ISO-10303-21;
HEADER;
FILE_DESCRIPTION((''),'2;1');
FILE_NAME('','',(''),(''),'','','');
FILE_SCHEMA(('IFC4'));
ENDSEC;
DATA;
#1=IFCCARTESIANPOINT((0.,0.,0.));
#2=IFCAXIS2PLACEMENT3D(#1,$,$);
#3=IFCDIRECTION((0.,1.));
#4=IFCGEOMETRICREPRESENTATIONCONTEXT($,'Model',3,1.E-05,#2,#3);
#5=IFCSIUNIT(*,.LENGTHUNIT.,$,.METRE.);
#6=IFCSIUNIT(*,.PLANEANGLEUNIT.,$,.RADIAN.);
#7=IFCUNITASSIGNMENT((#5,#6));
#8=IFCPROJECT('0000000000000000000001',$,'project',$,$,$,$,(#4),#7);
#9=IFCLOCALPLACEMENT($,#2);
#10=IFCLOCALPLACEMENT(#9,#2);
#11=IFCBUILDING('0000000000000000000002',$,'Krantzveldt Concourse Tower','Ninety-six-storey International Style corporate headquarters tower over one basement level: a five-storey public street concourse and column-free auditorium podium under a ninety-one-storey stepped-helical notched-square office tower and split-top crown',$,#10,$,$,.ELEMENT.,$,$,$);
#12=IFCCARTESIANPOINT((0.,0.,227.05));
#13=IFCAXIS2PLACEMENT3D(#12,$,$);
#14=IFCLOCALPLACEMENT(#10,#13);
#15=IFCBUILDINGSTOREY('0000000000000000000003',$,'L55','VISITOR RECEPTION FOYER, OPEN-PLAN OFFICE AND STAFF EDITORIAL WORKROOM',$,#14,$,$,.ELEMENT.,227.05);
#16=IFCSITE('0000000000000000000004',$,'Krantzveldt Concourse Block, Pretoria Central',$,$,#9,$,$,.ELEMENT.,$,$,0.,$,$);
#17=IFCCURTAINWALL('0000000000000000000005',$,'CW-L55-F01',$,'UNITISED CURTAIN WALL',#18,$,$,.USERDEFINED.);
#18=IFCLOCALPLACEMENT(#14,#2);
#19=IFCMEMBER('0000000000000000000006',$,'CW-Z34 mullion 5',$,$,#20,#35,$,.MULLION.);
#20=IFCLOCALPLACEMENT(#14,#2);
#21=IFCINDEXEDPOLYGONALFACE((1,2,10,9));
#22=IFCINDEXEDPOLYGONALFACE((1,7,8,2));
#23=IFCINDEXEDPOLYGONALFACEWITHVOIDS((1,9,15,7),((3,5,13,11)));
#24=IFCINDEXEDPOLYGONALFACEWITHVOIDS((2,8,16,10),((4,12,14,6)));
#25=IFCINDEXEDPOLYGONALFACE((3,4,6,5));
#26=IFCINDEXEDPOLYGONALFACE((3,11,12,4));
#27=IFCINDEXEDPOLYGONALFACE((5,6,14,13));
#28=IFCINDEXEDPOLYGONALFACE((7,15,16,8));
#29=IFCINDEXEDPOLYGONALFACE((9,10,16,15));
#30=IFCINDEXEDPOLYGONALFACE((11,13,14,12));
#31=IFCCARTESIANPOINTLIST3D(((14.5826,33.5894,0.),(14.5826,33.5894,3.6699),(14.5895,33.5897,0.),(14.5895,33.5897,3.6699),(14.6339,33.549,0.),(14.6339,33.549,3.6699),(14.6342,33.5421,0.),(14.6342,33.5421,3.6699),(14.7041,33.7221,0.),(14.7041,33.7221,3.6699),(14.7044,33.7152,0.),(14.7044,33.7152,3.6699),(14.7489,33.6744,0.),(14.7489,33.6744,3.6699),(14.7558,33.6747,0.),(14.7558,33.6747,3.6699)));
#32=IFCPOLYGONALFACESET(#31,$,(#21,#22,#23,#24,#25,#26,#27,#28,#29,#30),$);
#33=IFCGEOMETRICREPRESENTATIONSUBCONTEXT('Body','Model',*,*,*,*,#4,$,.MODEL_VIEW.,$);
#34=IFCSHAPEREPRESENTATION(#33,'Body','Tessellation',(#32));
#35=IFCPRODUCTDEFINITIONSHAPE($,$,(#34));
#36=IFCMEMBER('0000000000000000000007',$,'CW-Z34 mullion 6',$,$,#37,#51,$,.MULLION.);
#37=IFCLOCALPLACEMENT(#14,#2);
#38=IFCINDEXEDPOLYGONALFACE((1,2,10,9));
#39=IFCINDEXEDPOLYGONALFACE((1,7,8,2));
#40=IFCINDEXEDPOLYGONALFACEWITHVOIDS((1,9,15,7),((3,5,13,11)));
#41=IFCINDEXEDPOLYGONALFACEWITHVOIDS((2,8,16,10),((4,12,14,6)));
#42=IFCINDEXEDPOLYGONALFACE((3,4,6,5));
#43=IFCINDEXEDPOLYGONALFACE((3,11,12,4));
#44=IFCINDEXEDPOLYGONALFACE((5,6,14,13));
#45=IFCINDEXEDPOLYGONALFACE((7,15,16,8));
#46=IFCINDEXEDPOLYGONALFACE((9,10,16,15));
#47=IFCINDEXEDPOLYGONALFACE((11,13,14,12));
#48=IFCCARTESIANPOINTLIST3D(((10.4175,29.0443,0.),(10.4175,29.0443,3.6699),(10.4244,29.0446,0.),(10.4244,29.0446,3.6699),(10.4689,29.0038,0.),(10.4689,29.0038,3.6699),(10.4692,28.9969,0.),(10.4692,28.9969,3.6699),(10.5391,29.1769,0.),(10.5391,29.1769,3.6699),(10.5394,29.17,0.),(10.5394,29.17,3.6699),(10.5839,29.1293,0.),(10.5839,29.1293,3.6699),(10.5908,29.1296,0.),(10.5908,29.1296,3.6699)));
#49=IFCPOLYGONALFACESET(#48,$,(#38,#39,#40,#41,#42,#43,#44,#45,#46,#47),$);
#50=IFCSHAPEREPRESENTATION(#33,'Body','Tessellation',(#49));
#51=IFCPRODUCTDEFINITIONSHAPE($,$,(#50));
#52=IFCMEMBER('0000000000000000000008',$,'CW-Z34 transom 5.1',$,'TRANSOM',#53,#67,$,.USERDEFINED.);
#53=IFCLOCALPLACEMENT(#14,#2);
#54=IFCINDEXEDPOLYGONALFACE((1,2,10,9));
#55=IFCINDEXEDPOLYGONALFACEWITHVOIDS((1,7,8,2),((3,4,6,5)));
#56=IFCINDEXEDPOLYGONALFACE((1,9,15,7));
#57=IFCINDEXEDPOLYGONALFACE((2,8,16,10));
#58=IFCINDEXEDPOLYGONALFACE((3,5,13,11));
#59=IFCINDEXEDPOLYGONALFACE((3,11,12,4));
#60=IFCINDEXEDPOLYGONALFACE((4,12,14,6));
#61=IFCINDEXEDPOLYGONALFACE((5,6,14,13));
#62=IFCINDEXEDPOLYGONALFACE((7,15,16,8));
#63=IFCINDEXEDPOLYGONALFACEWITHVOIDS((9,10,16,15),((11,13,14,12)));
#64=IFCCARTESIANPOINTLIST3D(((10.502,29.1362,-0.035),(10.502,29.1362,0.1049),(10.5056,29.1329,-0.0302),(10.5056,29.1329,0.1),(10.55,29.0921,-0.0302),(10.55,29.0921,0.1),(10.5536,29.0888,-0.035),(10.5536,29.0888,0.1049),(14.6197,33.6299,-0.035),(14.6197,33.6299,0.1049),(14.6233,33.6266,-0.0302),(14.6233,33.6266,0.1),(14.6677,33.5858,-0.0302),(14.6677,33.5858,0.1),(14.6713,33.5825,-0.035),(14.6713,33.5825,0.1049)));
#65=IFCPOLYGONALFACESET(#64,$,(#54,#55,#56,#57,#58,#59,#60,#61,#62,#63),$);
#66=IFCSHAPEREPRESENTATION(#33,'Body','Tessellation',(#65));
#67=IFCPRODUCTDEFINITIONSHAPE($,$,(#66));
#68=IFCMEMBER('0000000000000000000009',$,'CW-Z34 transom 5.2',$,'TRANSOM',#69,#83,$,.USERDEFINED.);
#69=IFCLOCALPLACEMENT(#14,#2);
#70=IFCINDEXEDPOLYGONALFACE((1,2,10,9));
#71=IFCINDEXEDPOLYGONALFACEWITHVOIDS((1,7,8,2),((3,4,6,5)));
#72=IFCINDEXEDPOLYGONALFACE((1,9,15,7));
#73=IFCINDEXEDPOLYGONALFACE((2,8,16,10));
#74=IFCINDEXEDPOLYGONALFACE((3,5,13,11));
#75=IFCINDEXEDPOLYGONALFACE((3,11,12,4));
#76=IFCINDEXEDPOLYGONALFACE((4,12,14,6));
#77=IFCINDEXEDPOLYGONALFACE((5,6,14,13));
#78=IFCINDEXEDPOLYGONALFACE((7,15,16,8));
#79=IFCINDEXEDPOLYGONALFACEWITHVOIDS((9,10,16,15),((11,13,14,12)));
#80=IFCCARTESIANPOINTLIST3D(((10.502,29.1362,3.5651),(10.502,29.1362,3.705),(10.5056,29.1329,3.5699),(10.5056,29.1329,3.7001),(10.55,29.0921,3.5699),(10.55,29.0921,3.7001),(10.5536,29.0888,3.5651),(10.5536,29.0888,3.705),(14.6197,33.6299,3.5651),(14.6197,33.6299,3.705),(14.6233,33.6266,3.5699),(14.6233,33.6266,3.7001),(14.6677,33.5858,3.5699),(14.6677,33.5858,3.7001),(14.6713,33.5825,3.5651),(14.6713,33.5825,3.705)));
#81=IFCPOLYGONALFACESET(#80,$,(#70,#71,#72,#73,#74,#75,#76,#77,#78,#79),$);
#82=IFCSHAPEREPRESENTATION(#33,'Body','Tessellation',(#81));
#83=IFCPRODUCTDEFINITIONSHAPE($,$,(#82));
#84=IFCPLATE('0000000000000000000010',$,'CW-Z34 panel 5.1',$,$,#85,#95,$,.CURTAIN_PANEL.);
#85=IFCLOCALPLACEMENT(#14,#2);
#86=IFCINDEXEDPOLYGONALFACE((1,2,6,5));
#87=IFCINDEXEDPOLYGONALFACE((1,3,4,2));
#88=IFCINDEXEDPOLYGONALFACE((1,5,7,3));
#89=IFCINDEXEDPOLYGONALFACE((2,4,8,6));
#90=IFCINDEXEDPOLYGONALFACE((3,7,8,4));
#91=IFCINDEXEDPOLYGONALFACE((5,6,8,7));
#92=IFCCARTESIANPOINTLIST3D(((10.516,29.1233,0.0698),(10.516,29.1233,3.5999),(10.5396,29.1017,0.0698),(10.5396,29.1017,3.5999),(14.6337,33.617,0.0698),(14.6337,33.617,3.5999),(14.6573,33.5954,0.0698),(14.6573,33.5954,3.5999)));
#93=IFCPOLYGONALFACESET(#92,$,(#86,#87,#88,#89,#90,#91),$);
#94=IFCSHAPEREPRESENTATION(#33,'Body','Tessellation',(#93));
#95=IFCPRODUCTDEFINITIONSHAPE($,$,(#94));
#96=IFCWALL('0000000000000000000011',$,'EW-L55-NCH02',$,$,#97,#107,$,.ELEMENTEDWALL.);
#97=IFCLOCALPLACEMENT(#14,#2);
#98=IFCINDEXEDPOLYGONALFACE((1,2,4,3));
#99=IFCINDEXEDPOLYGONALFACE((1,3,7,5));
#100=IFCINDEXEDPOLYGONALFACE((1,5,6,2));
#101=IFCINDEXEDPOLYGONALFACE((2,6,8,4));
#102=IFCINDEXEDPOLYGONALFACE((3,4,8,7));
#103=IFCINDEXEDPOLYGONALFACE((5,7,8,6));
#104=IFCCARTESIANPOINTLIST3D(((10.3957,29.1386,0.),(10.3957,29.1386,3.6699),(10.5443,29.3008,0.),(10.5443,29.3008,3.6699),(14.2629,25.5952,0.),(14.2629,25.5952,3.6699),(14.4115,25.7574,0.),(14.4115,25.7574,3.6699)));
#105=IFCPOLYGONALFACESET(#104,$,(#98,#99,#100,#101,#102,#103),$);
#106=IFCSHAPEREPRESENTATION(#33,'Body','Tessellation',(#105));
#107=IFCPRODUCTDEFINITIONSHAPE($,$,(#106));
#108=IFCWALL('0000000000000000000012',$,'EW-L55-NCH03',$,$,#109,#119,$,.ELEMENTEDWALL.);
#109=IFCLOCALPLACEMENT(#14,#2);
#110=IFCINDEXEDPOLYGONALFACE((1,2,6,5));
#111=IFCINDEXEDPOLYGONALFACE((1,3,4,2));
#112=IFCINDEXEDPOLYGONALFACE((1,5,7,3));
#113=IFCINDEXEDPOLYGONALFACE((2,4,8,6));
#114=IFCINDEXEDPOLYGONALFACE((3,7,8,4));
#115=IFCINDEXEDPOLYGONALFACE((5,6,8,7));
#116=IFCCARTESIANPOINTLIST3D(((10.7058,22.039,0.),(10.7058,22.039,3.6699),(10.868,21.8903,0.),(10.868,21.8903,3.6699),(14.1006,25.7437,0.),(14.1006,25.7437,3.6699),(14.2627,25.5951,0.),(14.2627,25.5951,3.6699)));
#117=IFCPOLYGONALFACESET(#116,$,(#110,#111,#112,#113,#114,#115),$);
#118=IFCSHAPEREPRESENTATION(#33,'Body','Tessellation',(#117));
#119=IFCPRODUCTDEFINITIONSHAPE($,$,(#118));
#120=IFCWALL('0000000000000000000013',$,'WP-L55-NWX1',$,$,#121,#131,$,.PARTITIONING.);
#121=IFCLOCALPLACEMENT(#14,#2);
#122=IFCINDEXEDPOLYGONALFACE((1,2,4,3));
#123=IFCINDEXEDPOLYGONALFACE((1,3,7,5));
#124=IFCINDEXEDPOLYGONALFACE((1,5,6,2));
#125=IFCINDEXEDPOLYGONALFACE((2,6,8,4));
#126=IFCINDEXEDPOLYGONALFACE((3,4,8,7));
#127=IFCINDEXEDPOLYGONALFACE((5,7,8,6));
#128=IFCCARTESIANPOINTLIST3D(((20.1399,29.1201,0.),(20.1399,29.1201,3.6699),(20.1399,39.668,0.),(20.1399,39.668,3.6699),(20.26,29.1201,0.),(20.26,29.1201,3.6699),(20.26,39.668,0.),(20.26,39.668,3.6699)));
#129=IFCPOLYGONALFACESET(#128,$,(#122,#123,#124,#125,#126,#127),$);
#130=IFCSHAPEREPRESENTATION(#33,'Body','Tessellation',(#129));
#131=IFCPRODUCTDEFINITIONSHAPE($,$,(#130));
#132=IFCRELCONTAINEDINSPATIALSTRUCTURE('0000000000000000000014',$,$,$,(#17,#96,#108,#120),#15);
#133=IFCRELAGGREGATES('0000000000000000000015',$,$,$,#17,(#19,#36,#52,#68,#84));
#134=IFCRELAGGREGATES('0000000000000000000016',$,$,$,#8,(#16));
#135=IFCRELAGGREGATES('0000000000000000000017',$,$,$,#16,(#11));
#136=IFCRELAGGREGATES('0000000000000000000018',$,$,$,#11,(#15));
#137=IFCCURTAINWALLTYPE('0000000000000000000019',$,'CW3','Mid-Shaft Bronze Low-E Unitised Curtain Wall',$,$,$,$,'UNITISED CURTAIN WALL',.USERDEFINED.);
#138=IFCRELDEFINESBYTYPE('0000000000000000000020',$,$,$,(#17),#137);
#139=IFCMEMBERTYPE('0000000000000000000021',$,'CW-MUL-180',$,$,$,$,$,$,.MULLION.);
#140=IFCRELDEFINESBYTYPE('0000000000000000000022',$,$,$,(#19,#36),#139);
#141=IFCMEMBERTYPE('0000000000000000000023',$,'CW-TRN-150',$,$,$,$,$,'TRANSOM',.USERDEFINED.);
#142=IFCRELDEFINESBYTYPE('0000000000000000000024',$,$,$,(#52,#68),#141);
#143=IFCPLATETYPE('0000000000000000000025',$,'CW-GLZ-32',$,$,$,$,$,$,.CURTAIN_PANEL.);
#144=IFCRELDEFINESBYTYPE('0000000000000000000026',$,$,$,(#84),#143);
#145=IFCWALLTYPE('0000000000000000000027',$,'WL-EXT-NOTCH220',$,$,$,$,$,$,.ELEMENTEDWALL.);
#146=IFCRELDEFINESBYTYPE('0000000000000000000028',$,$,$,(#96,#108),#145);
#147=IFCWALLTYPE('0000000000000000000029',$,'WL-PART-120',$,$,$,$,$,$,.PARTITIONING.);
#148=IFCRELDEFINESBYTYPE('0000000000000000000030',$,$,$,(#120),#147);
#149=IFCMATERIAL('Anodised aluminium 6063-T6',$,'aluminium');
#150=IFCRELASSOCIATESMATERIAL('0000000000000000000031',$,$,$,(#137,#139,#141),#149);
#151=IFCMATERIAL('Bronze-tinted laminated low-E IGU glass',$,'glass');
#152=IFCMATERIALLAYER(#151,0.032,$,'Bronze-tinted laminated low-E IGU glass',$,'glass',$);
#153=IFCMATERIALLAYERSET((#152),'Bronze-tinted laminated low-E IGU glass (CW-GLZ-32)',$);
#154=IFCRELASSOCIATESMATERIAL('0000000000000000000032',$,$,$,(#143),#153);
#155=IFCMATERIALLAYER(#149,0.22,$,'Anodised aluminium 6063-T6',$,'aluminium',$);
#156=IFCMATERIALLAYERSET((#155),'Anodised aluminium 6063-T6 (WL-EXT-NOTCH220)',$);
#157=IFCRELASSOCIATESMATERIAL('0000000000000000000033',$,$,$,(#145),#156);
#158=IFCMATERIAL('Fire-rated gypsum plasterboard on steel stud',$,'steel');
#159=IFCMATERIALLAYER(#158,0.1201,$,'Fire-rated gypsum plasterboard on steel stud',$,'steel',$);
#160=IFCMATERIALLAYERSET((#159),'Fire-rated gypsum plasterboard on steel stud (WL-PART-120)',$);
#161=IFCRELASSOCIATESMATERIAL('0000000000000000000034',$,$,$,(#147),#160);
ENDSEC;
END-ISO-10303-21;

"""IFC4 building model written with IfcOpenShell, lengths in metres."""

from ifc_helpers import new_model, si_unit, direction, frame, frame_2d, origin, origin_2d, place, context, subcontext, project, spatial, rectangle, hollow_rectangle, extrude, source, transform, mapped, material, layer, layer_set, material_profile, profile_set, type_object, type_shapes, element, aggregate, save


model = new_model("IFC4")

# Units and contexts
model_context = context("Model", 3, precision=1e-05, world=origin(), true_north=direction((0.0, 1.0)))
body_context = subcontext(model_context, "Body", "Model", "MODEL_VIEW")
ifc_project = project(units=[si_unit("LENGTHUNIT", "METRE"), si_unit("PLANEANGLEUNIT", "RADIAN")], contexts=[model_context])

# Site, building, storey
site_placement = place(None, origin())
site = spatial("IfcSite", under=ifc_project, at=site_placement, Name="Krantzveldt Concourse Block, Pretoria Central", CompositionType="ELEMENT", RefElevation=0.0)
building_placement = place(site_placement, origin())
building = spatial("IfcBuilding", under=site, at=building_placement, Name="Krantzveldt Concourse Tower", Description="Ninety-six-storey International Style corporate headquarters tower over one basement level: a five-storey public street concourse and column-free auditorium podium under a ninety-one-storey stepped-helical notched-square office tower and split-top crown", CompositionType="ELEMENT")
storey_placement = place(building_placement, frame((0.0, 0.0, 227.05)))
storey = spatial("IfcBuildingStorey", under=building, at=storey_placement, Name="L55", Description="VISITOR RECEPTION FOYER, OPEN-PLAN OFFICE AND STAFF EDITORIAL WORKROOM", CompositionType="ELEMENT", Elevation=227.05)

# Curtain wall, members, plate
ifc_material_1 = material(Name="Anodised aluminium 6063-T6", Category="aluminium")
curtain_wall_type = type_object("IfcCurtainWallType", Name="CW3", Description="Mid-Shaft Bronze Low-E Unitised Curtain Wall", ElementType="UNITISED CURTAIN WALL", PredefinedType="USERDEFINED", material=ifc_material_1)
curtain_wall_placement = place(storey_placement, origin())
curtain_wall = element("IfcCurtainWall", 1, at=curtain_wall_placement, inside=storey, type_object=curtain_wall_type, Name="CW-L55-F01", ObjectType="UNITISED CURTAIN WALL", PredefinedType="USERDEFINED")
ifc_material_profile_1 = material_profile(ifc_material_1, hollow_rectangle(XDim=0.0701, YDim=0.1799, WallThickness=0.0049, at=origin_2d()), Name="Anodised aluminium 6063-T6", Category="aluminium")
ifc_profile_set_1 = profile_set([ifc_material_profile_1], Name="Anodised aluminium 6063-T6 - ALU-MULL 180x70x5")
member_type_1 = type_object("IfcMemberType", Name="CW-MUL-180", PredefinedType="MULLION", material=ifc_profile_set_1)
shared_shape_1 = source(origin(), body_context, "Body", "SweptSolid", [
    extrude(hollow_rectangle(XDim=0.0701, YDim=0.1799, WallThickness=0.0049, at=origin_2d()), origin(), (0.0, 0.0, 1.0), 3.6699),
])
type_shapes(member_type_1, [shared_shape_1])
member_1_placement = place(storey_placement, frame((14.6692, 33.6321, 0.0), z_axis=(0.0, 0.0, 1.0), x_axis=(0.737277, -0.67559, 0.0)))
member_1 = element("IfcMember", 2, at=member_1_placement, type_object=member_type_1, Name="CW-Z34 mullion 5", PredefinedType="MULLION", context=body_context, shape_type="MappedRepresentation", body=[
    mapped(shared_shape_1, transform((0.0, 0.0, 0.0), x_axis=(1.0, 0.0, 0.0), y_axis=(0.0, 1.0, 0.0), z_axis=(0.0, 0.0, 1.0), scale=1.0)),
])
member_2_placement = place(storey_placement, frame((10.5042, 29.0869, 0.0), z_axis=(0.0, 0.0, 1.0), x_axis=(0.737277, -0.67559, 0.0)))
member_2 = element("IfcMember", 3, at=member_2_placement, type_object=member_type_1, Name="CW-Z34 mullion 6", PredefinedType="MULLION", context=body_context, shape_type="MappedRepresentation", body=[
    mapped(shared_shape_1, transform((0.0, 0.0, 0.0), x_axis=(1.0, 0.0, 0.0), y_axis=(0.0, 1.0, 0.0), z_axis=(0.0, 0.0, 1.0), scale=1.0)),
])
ifc_material_profile_2 = material_profile(ifc_material_1, hollow_rectangle(XDim=0.0701, YDim=0.1399, WallThickness=0.0049, at=origin_2d()), Name="Anodised aluminium 6063-T6", Category="aluminium")
ifc_profile_set_2 = profile_set([ifc_material_profile_2], Name="Anodised aluminium 6063-T6 - ALU-TRAN 140x70x5")
member_type_2 = type_object("IfcMemberType", Name="CW-TRN-150", ElementType="TRANSOM", PredefinedType="USERDEFINED", material=ifc_profile_set_2)
shared_shape_2 = source(origin(), body_context, "Body", "SweptSolid", [
    extrude(hollow_rectangle(XDim=0.0701, YDim=0.1399, WallThickness=0.0049, at=origin_2d()), origin(), (0.0, 0.0, 1.0), 6.095),
])
type_shapes(member_type_2, [shared_shape_2])
member_3_placement = place(storey_placement, frame((14.6455, 33.6062, 0.0349), z_axis=(-0.67559, -0.737277, 0.0), x_axis=(0.737277, -0.67559, 0.0)))
member_3 = element("IfcMember", 4, at=member_3_placement, type_object=member_type_2, Name="CW-Z34 transom 5.1", ObjectType="TRANSOM", PredefinedType="USERDEFINED", context=body_context, shape_type="MappedRepresentation", body=[
    mapped(shared_shape_2, transform((0.0, 0.0, 0.0), x_axis=(1.0, 0.0, 0.0), y_axis=(0.0, 1.0, 0.0), z_axis=(0.0, 0.0, 1.0), scale=1.0)),
])
member_4_placement = place(storey_placement, frame((14.6455, 33.6062, 3.635), z_axis=(-0.67559, -0.737277, 0.0), x_axis=(0.737277, -0.67559, 0.0)))
member_4 = element("IfcMember", 5, at=member_4_placement, type_object=member_type_2, Name="CW-Z34 transom 5.2", ObjectType="TRANSOM", PredefinedType="USERDEFINED", context=body_context, shape_type="MappedRepresentation", body=[
    mapped(shared_shape_2, transform((0.0, 0.0, 0.0), x_axis=(1.0, 0.0, 0.0), y_axis=(0.0, 1.0, 0.0), z_axis=(0.0, 0.0, 1.0), scale=1.0)),
])
ifc_material_2 = material(Name="Bronze-tinted laminated low-E IGU glass", Category="glass")
ifc_layer_1 = layer(ifc_material_2, 0.032, Name="Bronze-tinted laminated low-E IGU glass", Category="glass")
ifc_layer_set_1 = layer_set([ifc_layer_1], Name="Bronze-tinted laminated low-E IGU glass (CW-GLZ-32)")
plate_type = type_object("IfcPlateType", Name="CW-GLZ-32", PredefinedType="CURTAIN_PANEL", material=ifc_layer_set_1)
shared_shape_3 = source(origin(), body_context, "Body", "SweptSolid", [
    extrude(rectangle(XDim=6.095, YDim=0.032, at=origin_2d()), origin(), (0.0, 0.0, 1.0), 3.53),
])
type_shapes(plate_type, [shared_shape_3])
plate_placement = place(storey_placement, frame((12.5867, 31.3594, 0.0698), z_axis=(0.0, 0.0, 1.0), x_axis=(-0.67559, -0.737277, 0.0)))
plate = element("IfcPlate", 6, at=plate_placement, type_object=plate_type, Name="CW-Z34 panel 5.1", PredefinedType="CURTAIN_PANEL", context=body_context, shape_type="MappedRepresentation", body=[
    mapped(shared_shape_3, transform((0.0, 0.0, 0.0), x_axis=(1.0, 0.0, 0.0), y_axis=(0.0, 1.0, 0.0), z_axis=(0.0, 0.0, 1.0), scale=1.0)),
])
aggregate(curtain_wall, [member_1, member_2, member_3, member_4, plate])

# Walls
ifc_layer_2 = layer(ifc_material_1, 0.22, Name="Anodised aluminium 6063-T6", Category="aluminium")
ifc_layer_set_2 = layer_set([ifc_layer_2], Name="Anodised aluminium 6063-T6 (WL-EXT-NOTCH220)")
wall_type_1 = type_object("IfcWallType", Name="WL-EXT-NOTCH220", PredefinedType="ELEMENTEDWALL", material=ifc_layer_set_2)
wall_1_placement = place(storey_placement, frame((10.47, 29.2197, 0.0), z_axis=(0.0, 0.0, 1.0), x_axis=(0.737293, -0.675573, 0.0)))
element("IfcWall", 7, at=wall_1_placement, inside=storey, type_object=wall_type_1, Name="EW-L55-NCH02", PredefinedType="ELEMENTEDWALL", context=body_context, shape_type="SweptSolid", body=[
    extrude(rectangle(XDim=5.2451, YDim=0.22, at=frame_2d((2.6226, 0.0))), origin(), (0.0, 0.0, 1.0), 3.6699),
])
wall_2_placement = place(storey_placement, frame((14.1816, 25.6694, 0.0), z_axis=(0.0, 0.0, 1.0), x_axis=(-0.675582, -0.737285, 0.0)))
element("IfcWall", 8, at=wall_2_placement, inside=storey, type_object=wall_type_1, Name="EW-L55-NCH03", PredefinedType="ELEMENTEDWALL", context=body_context, shape_type="SweptSolid", body=[
    extrude(rectangle(XDim=5.0249, YDim=0.22, at=frame_2d((2.5125, 0.0))), origin(), (0.0, 0.0, 1.0), 3.6699),
])
ifc_material_3 = material(Name="Fire-rated gypsum plasterboard on steel stud", Category="steel")
ifc_layer_3 = layer(ifc_material_3, 0.1201, Name="Fire-rated gypsum plasterboard on steel stud", Category="steel")
ifc_layer_set_3 = layer_set([ifc_layer_3], Name="Fire-rated gypsum plasterboard on steel stud (WL-PART-120)")
wall_type_2 = type_object("IfcWallType", Name="WL-PART-120", PredefinedType="PARTITIONING", material=ifc_layer_set_3)
wall_3_placement = place(storey_placement, frame((20.2, 29.1201, 0.0), z_axis=(0.0, 0.0, 1.0), x_axis=(0.0, 1.0, 0.0)))
element("IfcWall", 9, at=wall_3_placement, inside=storey, type_object=wall_type_2, Name="WP-L55-NWX1", PredefinedType="PARTITIONING", context=body_context, shape_type="SweptSolid", body=[
    extrude(rectangle(XDim=10.5479, YDim=0.1201, at=frame_2d((5.2739, 0.0))), origin(), (0.0, 0.0, 1.0), 3.6699),
])

save(model, "model.ifc")
